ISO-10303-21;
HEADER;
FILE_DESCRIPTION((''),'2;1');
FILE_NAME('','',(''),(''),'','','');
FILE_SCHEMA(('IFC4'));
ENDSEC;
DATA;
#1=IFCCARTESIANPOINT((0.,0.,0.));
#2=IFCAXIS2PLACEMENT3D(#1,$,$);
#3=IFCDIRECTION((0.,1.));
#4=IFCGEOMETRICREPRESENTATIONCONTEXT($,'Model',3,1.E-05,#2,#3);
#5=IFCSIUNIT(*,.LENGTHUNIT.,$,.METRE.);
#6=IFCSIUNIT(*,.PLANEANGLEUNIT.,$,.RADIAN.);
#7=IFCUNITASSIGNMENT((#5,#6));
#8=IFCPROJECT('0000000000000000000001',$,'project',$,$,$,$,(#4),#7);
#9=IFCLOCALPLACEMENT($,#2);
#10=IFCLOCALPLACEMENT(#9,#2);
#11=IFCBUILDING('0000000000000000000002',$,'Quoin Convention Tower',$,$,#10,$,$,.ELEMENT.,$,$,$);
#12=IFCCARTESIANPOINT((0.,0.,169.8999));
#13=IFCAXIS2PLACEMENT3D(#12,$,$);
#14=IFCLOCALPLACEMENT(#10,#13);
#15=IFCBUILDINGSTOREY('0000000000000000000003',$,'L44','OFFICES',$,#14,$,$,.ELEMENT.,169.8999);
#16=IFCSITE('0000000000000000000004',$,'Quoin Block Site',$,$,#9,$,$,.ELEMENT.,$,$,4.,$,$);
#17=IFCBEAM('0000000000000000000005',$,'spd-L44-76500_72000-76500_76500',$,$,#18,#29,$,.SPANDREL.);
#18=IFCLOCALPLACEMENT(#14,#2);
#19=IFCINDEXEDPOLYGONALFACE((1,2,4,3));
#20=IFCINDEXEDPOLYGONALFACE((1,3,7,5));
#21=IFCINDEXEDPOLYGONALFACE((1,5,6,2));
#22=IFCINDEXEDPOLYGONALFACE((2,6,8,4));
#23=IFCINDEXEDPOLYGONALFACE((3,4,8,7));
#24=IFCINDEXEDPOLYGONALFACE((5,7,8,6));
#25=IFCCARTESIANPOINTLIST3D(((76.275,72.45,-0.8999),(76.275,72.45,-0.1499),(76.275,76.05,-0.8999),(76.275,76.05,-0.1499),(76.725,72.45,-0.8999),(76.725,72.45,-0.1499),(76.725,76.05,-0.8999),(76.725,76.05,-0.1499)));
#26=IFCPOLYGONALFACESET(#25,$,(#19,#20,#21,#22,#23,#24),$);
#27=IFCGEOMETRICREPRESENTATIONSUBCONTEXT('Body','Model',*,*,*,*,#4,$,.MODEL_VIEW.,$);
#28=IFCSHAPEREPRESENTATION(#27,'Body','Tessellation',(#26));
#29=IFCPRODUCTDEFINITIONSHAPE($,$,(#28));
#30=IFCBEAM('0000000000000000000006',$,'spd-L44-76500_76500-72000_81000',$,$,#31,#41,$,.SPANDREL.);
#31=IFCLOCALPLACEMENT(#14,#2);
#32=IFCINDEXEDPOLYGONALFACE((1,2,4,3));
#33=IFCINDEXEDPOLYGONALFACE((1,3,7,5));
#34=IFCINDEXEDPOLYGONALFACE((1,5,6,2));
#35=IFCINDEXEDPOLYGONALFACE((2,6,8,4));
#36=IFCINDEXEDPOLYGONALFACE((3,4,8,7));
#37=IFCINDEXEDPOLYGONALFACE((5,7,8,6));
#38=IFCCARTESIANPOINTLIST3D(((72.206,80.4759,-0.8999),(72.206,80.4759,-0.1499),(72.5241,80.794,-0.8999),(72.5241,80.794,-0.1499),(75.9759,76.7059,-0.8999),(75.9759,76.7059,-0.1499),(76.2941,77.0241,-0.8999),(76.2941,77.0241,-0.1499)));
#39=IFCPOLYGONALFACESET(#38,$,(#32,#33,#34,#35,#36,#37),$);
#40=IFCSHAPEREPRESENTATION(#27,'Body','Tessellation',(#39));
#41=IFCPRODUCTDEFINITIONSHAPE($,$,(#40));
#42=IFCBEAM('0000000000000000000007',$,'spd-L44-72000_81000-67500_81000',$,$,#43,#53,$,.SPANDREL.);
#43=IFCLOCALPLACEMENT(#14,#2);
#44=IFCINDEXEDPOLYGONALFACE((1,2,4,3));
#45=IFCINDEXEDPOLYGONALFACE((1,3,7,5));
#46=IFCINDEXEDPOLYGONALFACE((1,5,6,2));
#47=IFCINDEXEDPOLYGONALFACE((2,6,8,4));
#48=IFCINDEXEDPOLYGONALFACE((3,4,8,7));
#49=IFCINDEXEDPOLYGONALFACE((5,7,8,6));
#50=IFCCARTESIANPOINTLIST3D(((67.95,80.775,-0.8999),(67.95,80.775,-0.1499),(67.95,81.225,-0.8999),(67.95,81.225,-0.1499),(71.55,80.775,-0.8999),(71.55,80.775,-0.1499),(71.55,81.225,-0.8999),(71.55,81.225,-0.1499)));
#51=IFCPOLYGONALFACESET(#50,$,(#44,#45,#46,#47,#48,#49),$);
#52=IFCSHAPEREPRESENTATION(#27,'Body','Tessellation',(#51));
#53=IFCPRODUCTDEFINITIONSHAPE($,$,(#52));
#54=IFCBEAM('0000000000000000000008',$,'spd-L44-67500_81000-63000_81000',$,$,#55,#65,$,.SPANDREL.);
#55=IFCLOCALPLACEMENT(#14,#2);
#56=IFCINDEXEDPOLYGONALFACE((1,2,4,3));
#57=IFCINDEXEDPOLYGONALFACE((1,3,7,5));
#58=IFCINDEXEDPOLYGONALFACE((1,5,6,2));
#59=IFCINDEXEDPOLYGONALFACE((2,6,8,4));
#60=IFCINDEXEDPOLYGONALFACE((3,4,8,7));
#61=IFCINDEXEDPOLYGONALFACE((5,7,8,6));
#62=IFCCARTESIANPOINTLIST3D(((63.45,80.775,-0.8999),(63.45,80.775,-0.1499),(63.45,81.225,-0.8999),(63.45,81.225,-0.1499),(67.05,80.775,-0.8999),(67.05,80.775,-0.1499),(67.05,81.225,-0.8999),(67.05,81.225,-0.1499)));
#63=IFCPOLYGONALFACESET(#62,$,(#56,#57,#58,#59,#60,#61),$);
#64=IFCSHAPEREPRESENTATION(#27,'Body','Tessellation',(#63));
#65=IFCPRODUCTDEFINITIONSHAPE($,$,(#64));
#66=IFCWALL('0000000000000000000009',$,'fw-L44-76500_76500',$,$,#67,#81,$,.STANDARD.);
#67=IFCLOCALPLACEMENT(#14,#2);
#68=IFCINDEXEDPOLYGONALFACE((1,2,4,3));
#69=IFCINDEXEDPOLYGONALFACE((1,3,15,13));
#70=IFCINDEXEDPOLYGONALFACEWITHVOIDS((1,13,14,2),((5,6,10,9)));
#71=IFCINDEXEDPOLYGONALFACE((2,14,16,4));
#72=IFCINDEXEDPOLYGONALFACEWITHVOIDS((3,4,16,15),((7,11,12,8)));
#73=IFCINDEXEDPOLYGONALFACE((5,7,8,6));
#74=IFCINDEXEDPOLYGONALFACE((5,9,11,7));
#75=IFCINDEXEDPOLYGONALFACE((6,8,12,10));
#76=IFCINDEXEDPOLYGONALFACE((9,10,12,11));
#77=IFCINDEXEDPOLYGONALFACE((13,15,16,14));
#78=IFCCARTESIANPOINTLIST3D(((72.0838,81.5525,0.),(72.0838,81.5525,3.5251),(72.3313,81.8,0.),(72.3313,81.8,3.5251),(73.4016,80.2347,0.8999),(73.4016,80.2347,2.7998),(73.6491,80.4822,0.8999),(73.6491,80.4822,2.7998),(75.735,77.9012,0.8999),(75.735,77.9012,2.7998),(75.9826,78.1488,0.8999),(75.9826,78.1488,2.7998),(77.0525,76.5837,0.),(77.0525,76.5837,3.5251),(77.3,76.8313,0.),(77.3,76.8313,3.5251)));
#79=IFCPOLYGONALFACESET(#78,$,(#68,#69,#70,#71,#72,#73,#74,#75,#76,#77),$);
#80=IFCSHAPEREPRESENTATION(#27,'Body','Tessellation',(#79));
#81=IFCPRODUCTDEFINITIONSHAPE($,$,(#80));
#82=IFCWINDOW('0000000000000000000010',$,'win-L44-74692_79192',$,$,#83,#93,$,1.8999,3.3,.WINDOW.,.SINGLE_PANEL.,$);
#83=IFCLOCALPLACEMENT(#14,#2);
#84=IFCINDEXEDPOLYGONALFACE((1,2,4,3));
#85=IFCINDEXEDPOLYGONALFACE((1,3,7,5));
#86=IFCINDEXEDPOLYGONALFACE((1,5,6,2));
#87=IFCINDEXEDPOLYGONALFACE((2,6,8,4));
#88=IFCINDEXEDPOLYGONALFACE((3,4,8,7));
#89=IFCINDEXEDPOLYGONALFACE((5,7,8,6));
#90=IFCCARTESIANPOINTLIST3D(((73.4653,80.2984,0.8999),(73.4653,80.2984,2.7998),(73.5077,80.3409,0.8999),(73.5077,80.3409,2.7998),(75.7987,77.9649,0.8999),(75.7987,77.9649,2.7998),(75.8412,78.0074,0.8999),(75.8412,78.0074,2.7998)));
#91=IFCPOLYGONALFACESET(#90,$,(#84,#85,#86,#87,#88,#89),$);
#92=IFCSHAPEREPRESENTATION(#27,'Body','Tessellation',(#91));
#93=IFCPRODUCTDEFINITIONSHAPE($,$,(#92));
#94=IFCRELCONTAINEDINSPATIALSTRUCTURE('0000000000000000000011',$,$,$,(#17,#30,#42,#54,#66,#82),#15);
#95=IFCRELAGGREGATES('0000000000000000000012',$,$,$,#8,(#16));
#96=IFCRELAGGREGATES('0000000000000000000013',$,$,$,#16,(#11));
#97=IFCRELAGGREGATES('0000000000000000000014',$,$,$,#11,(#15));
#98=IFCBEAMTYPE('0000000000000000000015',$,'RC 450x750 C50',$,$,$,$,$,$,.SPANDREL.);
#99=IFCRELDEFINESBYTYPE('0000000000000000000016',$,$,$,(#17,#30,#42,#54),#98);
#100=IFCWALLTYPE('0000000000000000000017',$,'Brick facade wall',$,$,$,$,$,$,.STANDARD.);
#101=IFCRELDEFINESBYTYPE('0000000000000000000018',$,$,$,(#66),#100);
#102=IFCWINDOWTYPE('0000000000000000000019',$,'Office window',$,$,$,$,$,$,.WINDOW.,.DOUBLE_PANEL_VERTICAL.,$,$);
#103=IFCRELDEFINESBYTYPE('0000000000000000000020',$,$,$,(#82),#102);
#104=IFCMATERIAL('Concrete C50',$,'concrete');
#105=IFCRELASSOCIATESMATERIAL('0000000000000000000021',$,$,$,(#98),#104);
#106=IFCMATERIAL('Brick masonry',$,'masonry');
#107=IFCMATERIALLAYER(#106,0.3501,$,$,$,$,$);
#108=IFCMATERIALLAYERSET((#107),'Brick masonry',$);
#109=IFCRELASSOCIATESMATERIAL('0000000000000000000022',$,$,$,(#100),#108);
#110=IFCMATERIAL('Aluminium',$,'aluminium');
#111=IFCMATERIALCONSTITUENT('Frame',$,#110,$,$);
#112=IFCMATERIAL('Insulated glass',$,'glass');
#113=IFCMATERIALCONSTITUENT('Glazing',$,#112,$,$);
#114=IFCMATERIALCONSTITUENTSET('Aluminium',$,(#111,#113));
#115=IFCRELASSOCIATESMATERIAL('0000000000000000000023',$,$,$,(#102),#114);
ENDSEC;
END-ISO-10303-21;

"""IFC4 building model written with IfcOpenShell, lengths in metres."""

from ifc_helpers import new_model, si_unit, direction, frame, frame_2d, origin, origin_2d, place, context, subcontext, project, spatial, rectangle, extrude, material, layer, layer_set, constituent, constituent_set, material_profile, profile_set, type_object, element, fill, save


model = new_model("IFC4")

# Units and contexts
model_context = context("Model", 3, precision=1e-05, world=origin(), true_north=direction((0.0, 1.0)))
body_context = subcontext(model_context, "Body", "Model", "MODEL_VIEW")
ifc_project = project(units=[si_unit("LENGTHUNIT", "METRE"), si_unit("PLANEANGLEUNIT", "RADIAN")], contexts=[model_context])

# Site, building, storey
site_placement = place(None, origin())
site = spatial("IfcSite", under=ifc_project, at=site_placement, Name="Quoin Block Site", CompositionType="ELEMENT", RefElevation=4.0)
building_placement = place(site_placement, origin())
building = spatial("IfcBuilding", under=site, at=building_placement, Name="Quoin Convention Tower", CompositionType="ELEMENT")
storey_placement = place(building_placement, frame((0.0, 0.0, 169.8999)))
storey = spatial("IfcBuildingStorey", under=building, at=storey_placement, Name="L44", Description="OFFICES", CompositionType="ELEMENT", Elevation=169.8999)

# Shared definitions
ifc_material_1 = material(Name="Concrete C50", Category="concrete")

# Beams
ifc_material_profile_1 = material_profile(ifc_material_1, rectangle(XDim=0.45, YDim=0.75, at=origin_2d()), Name="RC 450x750")
ifc_profile_set_1 = profile_set([ifc_material_profile_1], Name="Concrete C50")
beam_type_1 = type_object("IfcBeamType", Name="RC 450x750 C50", PredefinedType="SPANDREL", material=ifc_profile_set_1)
beam_1_placement = place(storey_placement, frame((76.5, 72.45, -0.5249), z_axis=(0.0, 1.0, 0.0), x_axis=(-1.0, 0.0, 0.0)))
element("IfcBeam", 1, at=beam_1_placement, inside=storey, type_object=beam_type_1, Name="spd-L44-76500_72000-76500_76500", PredefinedType="SPANDREL", context=body_context, shape_type="SweptSolid", body=[
    extrude(rectangle(XDim=0.45, YDim=0.75, at=origin_2d()), origin(), (0.0, 0.0, 1.0), 3.6001),
])
beam_2_placement = place(storey_placement, frame((76.135, 76.865, -0.5249), z_axis=(-0.707107, 0.707107, 0.0), x_axis=(-0.707107, -0.707107, 0.0)))
element("IfcBeam", 2, at=beam_2_placement, inside=storey, type_object=beam_type_1, Name="spd-L44-76500_76500-72000_81000", PredefinedType="SPANDREL", context=body_context, shape_type="SweptSolid", body=[
    extrude(rectangle(XDim=0.45, YDim=0.75, at=origin_2d()), origin(), (0.0, 0.0, 1.0), 5.3315),
])
for number, where, z_axis, x_axis, name in (
    (3, (71.55, 81.0, -0.5249), (-1.0, 0.0, 0.0), (0.0, -1.0, 0.0), "spd-L44-72000_81000-67500_81000"),
    (4, (67.05, 81.0, -0.5249), (-1.0, 0.0, 0.0), (0.0, -1.0, 0.0), "spd-L44-67500_81000-63000_81000"),
):
    element("IfcBeam", number, at=place(storey_placement, frame(where, z_axis=z_axis, x_axis=x_axis)), inside=storey, type_object=beam_type_1, Name=name, PredefinedType="SPANDREL", context=body_context, shape_type="SweptSolid", body=[
        extrude(rectangle(XDim=0.45, YDim=0.75, at=origin_2d()), origin(), (0.0, 0.0, 1.0), 3.6001),
    ])

# Wall, opening, window
ifc_material_2 = material(Name="Brick masonry", Category="masonry")
ifc_layer_1 = layer(ifc_material_2, 0.3501)
ifc_layer_set_1 = layer_set([ifc_layer_1], Name="Brick masonry")
wall_type_1 = type_object("IfcWallType", Name="Brick facade wall", PredefinedType="STANDARD", material=ifc_layer_set_1)
wall_1_placement = place(storey_placement, frame((77.1763, 76.7075, 0.0), z_axis=(0.0, 0.0, 1.0), x_axis=(-0.707107, 0.707107, 0.0)))
wall_1 = element("IfcWall", 5, at=wall_1_placement, inside=storey, type_object=wall_type_1, Name="fw-L44-76500_76500", PredefinedType="STANDARD", context=body_context, shape_type="SweptSolid", body=[
    extrude(rectangle(XDim=7.0269, YDim=0.3501, at=frame_2d((3.5134, 0.0))), origin(), (0.0, 0.0, 1.0), 3.5251),
])
opening_1_placement = place(wall_1_placement, frame((1.8633, 0.0, 0.8999)))
opening_1 = element("IfcOpeningElement", 6, at=opening_1_placement, cuts=wall_1, PredefinedType="OPENING", context=body_context, shape_type="SweptSolid", body=[
    extrude(rectangle(XDim=3.3, YDim=1.8999, at=frame_2d((1.6499, 0.95))), frame((0.0, 0.1851, 0.0), z_axis=(0.0, -1.0, 0.0), x_axis=(1.0, 0.0, 0.0)), (0.0, 0.0, 1.0), 0.3701),
])
ifc_material_3 = material(Name="Aluminium", Category="aluminium")
ifc_constituent_1 = constituent(ifc_material_3, Name="Frame")
ifc_material_4 = material(Name="Insulated glass", Category="glass")
ifc_constituent_2 = constituent(ifc_material_4, Name="Glazing")
ifc_constituent_set = constituent_set(constituents=[ifc_constituent_1, ifc_constituent_2], Name="Aluminium")
window_type = type_object("IfcWindowType", Name="Office window", PartitioningType="DOUBLE_PANEL_VERTICAL", PredefinedType="WINDOW", material=ifc_constituent_set)
window_1_placement = place(opening_1_placement, origin())
window_1 = element("IfcWindow", 7, at=window_1_placement, inside=storey, type_object=window_type, Name="win-L44-74692_79192", OverallHeight=1.8999, OverallWidth=3.3, PartitioningType="SINGLE_PANEL", PredefinedType="WINDOW", context=body_context, shape_type="SweptSolid", body=[
    extrude(rectangle(XDim=3.3, YDim=1.8999, at=frame_2d((1.6499, 0.95))), frame((0.0, 0.085, 0.0), z_axis=(0.0, -1.0, 0.0), x_axis=(1.0, 0.0, 0.0)), (0.0, 0.0, 1.0), 0.0601),
])
fill(opening_1, window_1)

save(model, "model.ifc")
